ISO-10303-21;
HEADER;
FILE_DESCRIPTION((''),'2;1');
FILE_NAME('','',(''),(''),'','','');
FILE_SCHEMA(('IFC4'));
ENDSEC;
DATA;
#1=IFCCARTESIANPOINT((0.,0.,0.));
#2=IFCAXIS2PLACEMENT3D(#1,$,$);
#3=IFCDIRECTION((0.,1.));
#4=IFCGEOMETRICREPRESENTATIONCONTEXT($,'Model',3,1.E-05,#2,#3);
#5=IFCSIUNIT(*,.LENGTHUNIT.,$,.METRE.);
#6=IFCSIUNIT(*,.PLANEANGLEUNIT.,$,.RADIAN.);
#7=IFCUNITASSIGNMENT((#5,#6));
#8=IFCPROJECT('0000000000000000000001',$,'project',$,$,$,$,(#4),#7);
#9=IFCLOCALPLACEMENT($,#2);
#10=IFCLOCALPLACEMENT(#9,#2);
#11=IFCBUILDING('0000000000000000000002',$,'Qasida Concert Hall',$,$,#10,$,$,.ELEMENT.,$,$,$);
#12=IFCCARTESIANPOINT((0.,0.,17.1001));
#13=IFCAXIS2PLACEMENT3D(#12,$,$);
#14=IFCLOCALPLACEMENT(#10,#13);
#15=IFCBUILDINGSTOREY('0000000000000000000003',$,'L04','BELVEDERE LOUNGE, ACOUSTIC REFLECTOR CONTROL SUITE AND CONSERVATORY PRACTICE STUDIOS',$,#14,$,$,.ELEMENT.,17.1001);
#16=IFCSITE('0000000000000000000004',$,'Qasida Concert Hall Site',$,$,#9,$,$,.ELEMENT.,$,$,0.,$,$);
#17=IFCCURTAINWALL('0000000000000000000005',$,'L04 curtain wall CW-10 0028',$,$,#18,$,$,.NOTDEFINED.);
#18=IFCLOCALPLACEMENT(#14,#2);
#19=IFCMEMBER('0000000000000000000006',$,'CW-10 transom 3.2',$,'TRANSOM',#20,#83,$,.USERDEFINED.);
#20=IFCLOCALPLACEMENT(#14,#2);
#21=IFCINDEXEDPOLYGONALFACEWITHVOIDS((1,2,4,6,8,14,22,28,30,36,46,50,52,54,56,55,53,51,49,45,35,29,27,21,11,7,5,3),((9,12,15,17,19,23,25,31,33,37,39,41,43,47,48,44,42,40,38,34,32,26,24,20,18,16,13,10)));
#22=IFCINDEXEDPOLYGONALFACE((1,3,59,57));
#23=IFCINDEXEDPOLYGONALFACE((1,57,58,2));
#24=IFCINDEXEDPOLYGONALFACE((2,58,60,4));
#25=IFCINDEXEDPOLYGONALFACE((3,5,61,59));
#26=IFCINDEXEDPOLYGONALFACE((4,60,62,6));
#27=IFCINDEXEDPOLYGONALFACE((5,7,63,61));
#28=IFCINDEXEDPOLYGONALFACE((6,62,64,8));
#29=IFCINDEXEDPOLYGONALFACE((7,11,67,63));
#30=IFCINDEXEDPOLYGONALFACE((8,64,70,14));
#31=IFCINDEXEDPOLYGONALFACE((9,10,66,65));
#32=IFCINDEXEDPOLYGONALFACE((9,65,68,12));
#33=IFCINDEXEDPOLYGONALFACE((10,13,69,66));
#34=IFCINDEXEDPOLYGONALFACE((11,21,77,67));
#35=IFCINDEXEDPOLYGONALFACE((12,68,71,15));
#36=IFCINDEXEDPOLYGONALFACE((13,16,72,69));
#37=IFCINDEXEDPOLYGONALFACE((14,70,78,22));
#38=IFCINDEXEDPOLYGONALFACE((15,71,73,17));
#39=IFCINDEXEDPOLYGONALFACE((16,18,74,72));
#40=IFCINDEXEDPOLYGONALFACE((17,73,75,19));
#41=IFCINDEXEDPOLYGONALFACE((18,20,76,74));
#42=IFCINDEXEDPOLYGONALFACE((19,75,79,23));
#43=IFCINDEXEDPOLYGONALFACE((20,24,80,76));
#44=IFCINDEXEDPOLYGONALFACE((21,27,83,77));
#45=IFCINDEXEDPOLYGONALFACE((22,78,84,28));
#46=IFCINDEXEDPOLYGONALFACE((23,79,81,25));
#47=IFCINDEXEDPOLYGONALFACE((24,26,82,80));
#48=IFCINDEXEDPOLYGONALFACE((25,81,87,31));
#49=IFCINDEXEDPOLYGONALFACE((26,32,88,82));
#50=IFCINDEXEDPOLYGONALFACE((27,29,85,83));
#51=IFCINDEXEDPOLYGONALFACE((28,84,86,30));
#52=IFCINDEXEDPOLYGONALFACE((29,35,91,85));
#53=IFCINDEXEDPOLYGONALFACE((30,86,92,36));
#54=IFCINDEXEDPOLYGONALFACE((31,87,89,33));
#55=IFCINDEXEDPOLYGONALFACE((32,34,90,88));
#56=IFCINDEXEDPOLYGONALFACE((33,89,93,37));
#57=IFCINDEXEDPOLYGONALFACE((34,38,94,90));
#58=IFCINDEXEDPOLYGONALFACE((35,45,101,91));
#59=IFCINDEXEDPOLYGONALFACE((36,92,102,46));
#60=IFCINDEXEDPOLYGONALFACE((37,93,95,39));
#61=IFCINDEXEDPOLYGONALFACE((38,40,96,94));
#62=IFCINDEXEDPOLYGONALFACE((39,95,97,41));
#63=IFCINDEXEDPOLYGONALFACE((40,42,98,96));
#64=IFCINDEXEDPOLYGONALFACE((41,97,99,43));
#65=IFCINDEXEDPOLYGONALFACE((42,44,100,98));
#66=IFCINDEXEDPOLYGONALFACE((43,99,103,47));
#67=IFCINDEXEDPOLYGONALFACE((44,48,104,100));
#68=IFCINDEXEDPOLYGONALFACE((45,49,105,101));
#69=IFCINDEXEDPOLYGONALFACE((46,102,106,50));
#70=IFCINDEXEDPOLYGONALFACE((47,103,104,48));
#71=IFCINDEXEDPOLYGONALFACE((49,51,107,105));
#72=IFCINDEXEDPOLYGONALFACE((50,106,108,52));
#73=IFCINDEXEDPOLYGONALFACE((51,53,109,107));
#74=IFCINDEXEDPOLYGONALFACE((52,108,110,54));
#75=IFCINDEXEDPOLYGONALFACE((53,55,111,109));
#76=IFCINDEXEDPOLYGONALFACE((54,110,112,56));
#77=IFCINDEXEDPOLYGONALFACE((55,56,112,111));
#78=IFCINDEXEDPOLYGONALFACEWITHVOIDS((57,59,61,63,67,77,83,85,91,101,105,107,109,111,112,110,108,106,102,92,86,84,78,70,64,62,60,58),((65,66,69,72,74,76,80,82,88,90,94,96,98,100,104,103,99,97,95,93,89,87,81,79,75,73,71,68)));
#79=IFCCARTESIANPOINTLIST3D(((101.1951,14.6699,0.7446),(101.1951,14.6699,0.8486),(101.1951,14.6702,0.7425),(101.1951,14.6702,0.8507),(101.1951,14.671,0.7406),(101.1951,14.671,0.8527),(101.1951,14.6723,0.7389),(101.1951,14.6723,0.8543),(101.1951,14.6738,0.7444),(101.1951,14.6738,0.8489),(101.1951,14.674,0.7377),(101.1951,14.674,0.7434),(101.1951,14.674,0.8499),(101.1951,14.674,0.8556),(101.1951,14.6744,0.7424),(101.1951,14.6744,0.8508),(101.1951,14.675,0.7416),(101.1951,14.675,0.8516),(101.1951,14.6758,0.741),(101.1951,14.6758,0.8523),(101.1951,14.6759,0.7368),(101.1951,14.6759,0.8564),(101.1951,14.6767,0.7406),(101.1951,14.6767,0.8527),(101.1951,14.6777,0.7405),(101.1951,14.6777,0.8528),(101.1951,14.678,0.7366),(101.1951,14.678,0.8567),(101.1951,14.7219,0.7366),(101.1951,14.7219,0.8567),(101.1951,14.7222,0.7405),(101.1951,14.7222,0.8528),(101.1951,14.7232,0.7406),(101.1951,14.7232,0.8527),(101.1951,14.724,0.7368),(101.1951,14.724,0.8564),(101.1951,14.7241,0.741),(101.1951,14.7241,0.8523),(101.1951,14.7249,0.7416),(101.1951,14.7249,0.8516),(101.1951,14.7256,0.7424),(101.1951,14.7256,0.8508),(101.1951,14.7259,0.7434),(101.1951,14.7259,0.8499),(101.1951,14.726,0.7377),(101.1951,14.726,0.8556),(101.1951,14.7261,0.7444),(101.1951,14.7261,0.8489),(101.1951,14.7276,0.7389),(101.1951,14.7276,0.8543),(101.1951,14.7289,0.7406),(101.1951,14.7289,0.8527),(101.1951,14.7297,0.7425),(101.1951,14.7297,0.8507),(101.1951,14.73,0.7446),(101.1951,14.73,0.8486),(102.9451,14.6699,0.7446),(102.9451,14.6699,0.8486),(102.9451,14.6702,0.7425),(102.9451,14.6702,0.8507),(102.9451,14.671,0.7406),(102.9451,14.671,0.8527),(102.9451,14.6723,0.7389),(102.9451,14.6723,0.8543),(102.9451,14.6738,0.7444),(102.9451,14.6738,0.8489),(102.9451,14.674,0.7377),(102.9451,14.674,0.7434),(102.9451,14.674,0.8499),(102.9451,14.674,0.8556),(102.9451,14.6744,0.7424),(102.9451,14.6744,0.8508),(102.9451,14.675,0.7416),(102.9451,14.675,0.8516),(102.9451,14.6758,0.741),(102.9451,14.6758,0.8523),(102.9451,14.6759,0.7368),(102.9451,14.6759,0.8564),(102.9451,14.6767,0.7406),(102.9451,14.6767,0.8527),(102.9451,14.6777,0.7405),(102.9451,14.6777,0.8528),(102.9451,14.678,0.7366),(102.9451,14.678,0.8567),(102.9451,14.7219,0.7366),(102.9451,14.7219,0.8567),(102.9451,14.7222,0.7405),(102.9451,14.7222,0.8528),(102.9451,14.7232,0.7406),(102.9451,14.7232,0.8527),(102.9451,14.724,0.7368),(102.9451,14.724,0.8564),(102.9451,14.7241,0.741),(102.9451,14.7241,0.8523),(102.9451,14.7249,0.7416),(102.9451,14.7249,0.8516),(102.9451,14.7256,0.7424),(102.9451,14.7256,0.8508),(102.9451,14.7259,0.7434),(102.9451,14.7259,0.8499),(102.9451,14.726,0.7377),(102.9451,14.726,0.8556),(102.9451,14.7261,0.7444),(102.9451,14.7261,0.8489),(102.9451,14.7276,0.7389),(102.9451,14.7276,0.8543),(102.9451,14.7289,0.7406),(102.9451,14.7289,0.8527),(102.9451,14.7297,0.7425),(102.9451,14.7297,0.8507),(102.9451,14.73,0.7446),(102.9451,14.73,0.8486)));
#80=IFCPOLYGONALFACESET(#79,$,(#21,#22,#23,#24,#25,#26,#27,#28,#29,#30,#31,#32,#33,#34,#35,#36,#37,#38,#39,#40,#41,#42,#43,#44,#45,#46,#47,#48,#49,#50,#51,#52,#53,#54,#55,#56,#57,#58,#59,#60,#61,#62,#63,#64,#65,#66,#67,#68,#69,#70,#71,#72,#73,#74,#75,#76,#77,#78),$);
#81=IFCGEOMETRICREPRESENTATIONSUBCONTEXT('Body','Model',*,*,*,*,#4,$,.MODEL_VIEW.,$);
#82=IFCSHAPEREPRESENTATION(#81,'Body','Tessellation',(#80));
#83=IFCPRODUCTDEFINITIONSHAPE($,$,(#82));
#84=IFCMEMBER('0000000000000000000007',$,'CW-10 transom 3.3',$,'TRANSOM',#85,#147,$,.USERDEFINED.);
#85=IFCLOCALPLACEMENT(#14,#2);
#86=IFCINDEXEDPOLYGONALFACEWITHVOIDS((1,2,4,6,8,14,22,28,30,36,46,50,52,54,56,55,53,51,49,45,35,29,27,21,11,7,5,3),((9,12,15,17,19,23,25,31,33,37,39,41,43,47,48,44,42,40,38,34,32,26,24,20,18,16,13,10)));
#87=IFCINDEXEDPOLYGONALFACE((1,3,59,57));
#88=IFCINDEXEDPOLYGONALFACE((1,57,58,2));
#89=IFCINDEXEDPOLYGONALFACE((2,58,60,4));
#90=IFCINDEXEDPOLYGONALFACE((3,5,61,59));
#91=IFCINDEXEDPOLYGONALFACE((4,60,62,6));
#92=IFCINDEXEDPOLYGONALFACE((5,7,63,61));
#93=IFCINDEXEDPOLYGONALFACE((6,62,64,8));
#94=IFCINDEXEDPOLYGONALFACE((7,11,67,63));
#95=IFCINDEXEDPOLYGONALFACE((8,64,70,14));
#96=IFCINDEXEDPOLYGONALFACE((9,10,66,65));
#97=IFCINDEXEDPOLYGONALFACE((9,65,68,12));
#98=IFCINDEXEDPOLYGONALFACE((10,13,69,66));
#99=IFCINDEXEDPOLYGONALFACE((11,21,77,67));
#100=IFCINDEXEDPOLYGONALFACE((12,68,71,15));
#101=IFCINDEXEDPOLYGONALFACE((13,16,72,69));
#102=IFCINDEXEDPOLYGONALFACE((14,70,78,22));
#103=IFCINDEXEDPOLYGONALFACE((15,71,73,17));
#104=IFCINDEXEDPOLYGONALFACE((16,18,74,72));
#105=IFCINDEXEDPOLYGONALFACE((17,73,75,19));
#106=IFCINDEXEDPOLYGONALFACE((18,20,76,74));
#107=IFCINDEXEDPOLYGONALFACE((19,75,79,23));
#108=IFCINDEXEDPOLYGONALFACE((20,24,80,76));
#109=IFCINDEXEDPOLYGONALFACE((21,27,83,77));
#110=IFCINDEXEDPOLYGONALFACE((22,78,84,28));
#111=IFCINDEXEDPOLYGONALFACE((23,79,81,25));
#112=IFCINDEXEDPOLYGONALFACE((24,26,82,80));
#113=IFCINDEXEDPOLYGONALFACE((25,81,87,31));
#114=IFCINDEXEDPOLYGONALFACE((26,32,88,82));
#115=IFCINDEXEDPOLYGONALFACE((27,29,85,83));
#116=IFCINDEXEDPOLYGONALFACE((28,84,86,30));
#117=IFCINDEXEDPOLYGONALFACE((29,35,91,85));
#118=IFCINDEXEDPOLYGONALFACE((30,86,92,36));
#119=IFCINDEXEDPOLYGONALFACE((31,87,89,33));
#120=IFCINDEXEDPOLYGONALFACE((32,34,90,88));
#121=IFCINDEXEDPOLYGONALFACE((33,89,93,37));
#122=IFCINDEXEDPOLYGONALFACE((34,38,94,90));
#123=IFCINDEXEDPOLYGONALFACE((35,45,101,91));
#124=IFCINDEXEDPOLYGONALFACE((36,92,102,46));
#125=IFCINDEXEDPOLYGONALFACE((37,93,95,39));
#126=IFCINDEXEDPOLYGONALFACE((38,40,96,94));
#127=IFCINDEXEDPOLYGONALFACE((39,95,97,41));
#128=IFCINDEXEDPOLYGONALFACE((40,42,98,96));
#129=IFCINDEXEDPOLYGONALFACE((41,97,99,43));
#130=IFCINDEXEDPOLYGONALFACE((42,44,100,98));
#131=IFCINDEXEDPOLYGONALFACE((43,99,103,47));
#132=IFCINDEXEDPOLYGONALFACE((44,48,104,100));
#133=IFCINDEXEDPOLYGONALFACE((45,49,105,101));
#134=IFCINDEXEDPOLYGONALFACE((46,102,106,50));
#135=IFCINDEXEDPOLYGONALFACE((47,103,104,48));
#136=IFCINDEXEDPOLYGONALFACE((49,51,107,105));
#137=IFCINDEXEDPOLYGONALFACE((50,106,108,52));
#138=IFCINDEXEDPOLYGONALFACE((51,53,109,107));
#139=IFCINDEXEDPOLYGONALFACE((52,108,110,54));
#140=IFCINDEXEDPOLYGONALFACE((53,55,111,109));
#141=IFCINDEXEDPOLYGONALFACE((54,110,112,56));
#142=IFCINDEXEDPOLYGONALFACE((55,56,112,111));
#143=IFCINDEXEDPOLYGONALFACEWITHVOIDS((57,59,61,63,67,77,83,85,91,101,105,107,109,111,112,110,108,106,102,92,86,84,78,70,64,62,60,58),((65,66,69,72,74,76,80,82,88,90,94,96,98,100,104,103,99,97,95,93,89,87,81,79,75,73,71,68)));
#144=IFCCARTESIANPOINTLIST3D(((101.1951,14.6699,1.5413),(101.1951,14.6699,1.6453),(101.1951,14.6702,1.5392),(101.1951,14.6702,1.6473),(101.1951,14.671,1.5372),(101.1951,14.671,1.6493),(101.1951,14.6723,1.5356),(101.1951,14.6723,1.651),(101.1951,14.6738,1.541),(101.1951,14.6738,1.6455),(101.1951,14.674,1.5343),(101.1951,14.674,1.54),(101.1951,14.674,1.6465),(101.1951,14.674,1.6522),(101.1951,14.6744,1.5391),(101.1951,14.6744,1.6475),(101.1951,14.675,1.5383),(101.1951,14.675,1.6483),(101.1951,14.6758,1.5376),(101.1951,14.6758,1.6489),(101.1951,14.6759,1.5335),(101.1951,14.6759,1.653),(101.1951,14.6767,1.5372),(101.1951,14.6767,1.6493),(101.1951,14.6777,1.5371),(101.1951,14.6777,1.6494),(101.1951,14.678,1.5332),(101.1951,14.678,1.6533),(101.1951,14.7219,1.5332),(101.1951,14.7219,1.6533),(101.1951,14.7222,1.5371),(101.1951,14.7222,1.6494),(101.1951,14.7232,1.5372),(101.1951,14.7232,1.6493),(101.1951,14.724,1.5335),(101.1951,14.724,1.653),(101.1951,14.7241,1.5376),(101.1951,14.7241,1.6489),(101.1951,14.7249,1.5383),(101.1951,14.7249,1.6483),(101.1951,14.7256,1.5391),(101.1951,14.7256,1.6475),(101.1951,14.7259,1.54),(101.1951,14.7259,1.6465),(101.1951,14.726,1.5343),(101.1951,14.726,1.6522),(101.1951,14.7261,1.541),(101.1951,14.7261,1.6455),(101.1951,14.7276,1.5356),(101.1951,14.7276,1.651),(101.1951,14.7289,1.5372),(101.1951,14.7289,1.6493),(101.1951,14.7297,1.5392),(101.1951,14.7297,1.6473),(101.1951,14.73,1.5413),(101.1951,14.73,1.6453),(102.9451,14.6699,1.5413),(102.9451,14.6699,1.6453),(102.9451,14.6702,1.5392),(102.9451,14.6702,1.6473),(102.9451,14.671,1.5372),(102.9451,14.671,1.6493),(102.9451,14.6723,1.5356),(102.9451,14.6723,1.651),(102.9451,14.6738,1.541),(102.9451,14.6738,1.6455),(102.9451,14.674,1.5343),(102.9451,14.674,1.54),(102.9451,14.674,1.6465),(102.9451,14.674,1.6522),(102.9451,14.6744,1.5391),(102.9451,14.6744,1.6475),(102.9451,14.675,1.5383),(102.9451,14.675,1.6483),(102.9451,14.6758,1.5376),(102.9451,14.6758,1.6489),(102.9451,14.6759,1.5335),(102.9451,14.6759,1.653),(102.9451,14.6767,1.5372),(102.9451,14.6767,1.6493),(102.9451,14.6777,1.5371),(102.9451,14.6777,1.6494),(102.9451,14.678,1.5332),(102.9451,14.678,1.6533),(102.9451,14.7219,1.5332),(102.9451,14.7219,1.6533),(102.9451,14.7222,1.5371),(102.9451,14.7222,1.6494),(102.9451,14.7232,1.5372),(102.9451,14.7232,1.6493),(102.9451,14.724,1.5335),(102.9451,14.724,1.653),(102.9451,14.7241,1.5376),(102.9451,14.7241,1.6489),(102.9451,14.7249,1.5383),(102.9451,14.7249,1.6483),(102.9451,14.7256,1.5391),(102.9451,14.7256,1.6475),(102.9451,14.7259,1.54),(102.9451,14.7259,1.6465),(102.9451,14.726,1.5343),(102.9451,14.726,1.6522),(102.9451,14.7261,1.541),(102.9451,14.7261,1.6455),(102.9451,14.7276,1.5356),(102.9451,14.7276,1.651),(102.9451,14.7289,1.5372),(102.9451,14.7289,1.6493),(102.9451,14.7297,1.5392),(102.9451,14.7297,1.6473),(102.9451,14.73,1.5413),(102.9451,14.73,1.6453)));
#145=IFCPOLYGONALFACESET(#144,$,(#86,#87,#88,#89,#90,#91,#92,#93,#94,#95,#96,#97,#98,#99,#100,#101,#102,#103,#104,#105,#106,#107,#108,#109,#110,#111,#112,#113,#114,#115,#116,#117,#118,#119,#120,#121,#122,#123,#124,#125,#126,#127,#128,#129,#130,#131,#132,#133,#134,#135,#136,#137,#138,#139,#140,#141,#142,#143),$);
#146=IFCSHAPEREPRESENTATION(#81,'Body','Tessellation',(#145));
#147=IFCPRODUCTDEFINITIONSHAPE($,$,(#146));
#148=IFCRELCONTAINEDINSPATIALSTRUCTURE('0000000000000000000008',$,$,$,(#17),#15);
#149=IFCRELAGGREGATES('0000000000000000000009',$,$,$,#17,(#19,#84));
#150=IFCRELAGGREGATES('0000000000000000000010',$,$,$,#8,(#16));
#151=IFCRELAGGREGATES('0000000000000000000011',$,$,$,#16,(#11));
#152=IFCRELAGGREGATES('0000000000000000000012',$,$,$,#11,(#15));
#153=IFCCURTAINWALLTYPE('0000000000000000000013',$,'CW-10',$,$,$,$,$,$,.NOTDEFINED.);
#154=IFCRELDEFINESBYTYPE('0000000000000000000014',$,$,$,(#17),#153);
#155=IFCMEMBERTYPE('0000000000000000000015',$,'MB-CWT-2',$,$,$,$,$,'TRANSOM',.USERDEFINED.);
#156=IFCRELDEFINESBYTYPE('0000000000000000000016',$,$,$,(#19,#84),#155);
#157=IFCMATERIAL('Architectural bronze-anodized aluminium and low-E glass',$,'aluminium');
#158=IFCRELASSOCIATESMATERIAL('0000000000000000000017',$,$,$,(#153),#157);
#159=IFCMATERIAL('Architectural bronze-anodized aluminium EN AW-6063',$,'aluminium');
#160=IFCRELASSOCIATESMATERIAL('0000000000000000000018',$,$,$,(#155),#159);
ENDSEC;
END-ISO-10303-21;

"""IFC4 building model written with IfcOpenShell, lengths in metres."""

from ifc_helpers import new_model, si_unit, direction, frame, origin, origin_2d, place, context, subcontext, project, spatial, hollow_rectangle, extrude, material, material_profile, profile_set, type_object, element, aggregate, save


model = new_model("IFC4")

# Units and contexts
model_context = context("Model", 3, precision=1e-05, world=origin(), true_north=direction((0.0, 1.0)))
body_context = subcontext(model_context, "Body", "Model", "MODEL_VIEW")
ifc_project = project(units=[si_unit("LENGTHUNIT", "METRE"), si_unit("PLANEANGLEUNIT", "RADIAN")], contexts=[model_context])

# Site, building, storey
site_placement = place(None, origin())
site = spatial("IfcSite", under=ifc_project, at=site_placement, Name="Qasida Concert Hall Site", CompositionType="ELEMENT", RefElevation=0.0)
building_placement = place(site_placement, origin())
building = spatial("IfcBuilding", under=site, at=building_placement, Name="Qasida Concert Hall", CompositionType="ELEMENT")
storey_placement = place(building_placement, frame((0.0, 0.0, 17.1001)))
storey = spatial("IfcBuildingStorey", under=building, at=storey_placement, Name="L04", Description="BELVEDERE LOUNGE, ACOUSTIC REFLECTOR CONTROL SUITE AND CONSERVATORY PRACTICE STUDIOS", CompositionType="ELEMENT", Elevation=17.1001)

# Curtain wall, members
ifc_material_1 = material(Name="Architectural bronze-anodized aluminium and low-E glass", Category="aluminium")
curtain_wall_type = type_object("IfcCurtainWallType", Name="CW-10", PredefinedType="NOTDEFINED", material=ifc_material_1)
curtain_wall_placement = place(storey_placement, origin())
curtain_wall = element("IfcCurtainWall", 1, at=curtain_wall_placement, inside=storey, type_object=curtain_wall_type, Name="L04 curtain wall CW-10 0028", PredefinedType="NOTDEFINED")
ifc_material_2 = material(Name="Architectural bronze-anodized aluminium EN AW-6063", Category="aluminium")
ifc_material_profile_1 = material_profile(ifc_material_2, hollow_rectangle(XDim=0.0601, YDim=0.1201, WallThickness=0.0039, InnerFilletRadius=0.0039, OuterFilletRadius=0.0081, at=origin_2d()), Name="CWT 120x60x4")
ifc_profile_set_1 = profile_set([ifc_material_profile_1], Name="Architectural bronze-anodized aluminium EN AW-6063")
member_type_1 = type_object("IfcMemberType", Name="MB-CWT-2", ElementType="TRANSOM", PredefinedType="USERDEFINED", material=ifc_profile_set_1)
member_1_placement = place(storey_placement, frame((101.1951, 14.7, 0.7966), z_axis=(1.0, 0.0, 0.0), x_axis=(0.0, 1.0, 0.0)))
member_1 = element("IfcMember", 2, at=member_1_placement, type_object=member_type_1, Name="CW-10 transom 3.2", ObjectType="TRANSOM", PredefinedType="USERDEFINED", context=body_context, shape_type="SweptSolid", body=[
    extrude(hollow_rectangle(XDim=0.0601, YDim=0.1201, WallThickness=0.0039, InnerFilletRadius=0.0039, OuterFilletRadius=0.0081, at=origin_2d()), origin(), (0.0, 0.0, 1.0), 1.75),
])
member_2_placement = place(storey_placement, frame((101.1951, 14.7, 1.5933), z_axis=(1.0, 0.0, 0.0), x_axis=(0.0, 1.0, 0.0)))
member_2 = element("IfcMember", 3, at=member_2_placement, type_object=member_type_1, Name="CW-10 transom 3.3", ObjectType="TRANSOM", PredefinedType="USERDEFINED", context=body_context, shape_type="SweptSolid", body=[
    extrude(hollow_rectangle(XDim=0.0601, YDim=0.1201, WallThickness=0.0039, InnerFilletRadius=0.0039, OuterFilletRadius=0.0081, at=origin_2d()), origin(), (0.0, 0.0, 1.0), 1.75),
])
aggregate(curtain_wall, [member_1, member_2])

save(model, "model.ifc")
